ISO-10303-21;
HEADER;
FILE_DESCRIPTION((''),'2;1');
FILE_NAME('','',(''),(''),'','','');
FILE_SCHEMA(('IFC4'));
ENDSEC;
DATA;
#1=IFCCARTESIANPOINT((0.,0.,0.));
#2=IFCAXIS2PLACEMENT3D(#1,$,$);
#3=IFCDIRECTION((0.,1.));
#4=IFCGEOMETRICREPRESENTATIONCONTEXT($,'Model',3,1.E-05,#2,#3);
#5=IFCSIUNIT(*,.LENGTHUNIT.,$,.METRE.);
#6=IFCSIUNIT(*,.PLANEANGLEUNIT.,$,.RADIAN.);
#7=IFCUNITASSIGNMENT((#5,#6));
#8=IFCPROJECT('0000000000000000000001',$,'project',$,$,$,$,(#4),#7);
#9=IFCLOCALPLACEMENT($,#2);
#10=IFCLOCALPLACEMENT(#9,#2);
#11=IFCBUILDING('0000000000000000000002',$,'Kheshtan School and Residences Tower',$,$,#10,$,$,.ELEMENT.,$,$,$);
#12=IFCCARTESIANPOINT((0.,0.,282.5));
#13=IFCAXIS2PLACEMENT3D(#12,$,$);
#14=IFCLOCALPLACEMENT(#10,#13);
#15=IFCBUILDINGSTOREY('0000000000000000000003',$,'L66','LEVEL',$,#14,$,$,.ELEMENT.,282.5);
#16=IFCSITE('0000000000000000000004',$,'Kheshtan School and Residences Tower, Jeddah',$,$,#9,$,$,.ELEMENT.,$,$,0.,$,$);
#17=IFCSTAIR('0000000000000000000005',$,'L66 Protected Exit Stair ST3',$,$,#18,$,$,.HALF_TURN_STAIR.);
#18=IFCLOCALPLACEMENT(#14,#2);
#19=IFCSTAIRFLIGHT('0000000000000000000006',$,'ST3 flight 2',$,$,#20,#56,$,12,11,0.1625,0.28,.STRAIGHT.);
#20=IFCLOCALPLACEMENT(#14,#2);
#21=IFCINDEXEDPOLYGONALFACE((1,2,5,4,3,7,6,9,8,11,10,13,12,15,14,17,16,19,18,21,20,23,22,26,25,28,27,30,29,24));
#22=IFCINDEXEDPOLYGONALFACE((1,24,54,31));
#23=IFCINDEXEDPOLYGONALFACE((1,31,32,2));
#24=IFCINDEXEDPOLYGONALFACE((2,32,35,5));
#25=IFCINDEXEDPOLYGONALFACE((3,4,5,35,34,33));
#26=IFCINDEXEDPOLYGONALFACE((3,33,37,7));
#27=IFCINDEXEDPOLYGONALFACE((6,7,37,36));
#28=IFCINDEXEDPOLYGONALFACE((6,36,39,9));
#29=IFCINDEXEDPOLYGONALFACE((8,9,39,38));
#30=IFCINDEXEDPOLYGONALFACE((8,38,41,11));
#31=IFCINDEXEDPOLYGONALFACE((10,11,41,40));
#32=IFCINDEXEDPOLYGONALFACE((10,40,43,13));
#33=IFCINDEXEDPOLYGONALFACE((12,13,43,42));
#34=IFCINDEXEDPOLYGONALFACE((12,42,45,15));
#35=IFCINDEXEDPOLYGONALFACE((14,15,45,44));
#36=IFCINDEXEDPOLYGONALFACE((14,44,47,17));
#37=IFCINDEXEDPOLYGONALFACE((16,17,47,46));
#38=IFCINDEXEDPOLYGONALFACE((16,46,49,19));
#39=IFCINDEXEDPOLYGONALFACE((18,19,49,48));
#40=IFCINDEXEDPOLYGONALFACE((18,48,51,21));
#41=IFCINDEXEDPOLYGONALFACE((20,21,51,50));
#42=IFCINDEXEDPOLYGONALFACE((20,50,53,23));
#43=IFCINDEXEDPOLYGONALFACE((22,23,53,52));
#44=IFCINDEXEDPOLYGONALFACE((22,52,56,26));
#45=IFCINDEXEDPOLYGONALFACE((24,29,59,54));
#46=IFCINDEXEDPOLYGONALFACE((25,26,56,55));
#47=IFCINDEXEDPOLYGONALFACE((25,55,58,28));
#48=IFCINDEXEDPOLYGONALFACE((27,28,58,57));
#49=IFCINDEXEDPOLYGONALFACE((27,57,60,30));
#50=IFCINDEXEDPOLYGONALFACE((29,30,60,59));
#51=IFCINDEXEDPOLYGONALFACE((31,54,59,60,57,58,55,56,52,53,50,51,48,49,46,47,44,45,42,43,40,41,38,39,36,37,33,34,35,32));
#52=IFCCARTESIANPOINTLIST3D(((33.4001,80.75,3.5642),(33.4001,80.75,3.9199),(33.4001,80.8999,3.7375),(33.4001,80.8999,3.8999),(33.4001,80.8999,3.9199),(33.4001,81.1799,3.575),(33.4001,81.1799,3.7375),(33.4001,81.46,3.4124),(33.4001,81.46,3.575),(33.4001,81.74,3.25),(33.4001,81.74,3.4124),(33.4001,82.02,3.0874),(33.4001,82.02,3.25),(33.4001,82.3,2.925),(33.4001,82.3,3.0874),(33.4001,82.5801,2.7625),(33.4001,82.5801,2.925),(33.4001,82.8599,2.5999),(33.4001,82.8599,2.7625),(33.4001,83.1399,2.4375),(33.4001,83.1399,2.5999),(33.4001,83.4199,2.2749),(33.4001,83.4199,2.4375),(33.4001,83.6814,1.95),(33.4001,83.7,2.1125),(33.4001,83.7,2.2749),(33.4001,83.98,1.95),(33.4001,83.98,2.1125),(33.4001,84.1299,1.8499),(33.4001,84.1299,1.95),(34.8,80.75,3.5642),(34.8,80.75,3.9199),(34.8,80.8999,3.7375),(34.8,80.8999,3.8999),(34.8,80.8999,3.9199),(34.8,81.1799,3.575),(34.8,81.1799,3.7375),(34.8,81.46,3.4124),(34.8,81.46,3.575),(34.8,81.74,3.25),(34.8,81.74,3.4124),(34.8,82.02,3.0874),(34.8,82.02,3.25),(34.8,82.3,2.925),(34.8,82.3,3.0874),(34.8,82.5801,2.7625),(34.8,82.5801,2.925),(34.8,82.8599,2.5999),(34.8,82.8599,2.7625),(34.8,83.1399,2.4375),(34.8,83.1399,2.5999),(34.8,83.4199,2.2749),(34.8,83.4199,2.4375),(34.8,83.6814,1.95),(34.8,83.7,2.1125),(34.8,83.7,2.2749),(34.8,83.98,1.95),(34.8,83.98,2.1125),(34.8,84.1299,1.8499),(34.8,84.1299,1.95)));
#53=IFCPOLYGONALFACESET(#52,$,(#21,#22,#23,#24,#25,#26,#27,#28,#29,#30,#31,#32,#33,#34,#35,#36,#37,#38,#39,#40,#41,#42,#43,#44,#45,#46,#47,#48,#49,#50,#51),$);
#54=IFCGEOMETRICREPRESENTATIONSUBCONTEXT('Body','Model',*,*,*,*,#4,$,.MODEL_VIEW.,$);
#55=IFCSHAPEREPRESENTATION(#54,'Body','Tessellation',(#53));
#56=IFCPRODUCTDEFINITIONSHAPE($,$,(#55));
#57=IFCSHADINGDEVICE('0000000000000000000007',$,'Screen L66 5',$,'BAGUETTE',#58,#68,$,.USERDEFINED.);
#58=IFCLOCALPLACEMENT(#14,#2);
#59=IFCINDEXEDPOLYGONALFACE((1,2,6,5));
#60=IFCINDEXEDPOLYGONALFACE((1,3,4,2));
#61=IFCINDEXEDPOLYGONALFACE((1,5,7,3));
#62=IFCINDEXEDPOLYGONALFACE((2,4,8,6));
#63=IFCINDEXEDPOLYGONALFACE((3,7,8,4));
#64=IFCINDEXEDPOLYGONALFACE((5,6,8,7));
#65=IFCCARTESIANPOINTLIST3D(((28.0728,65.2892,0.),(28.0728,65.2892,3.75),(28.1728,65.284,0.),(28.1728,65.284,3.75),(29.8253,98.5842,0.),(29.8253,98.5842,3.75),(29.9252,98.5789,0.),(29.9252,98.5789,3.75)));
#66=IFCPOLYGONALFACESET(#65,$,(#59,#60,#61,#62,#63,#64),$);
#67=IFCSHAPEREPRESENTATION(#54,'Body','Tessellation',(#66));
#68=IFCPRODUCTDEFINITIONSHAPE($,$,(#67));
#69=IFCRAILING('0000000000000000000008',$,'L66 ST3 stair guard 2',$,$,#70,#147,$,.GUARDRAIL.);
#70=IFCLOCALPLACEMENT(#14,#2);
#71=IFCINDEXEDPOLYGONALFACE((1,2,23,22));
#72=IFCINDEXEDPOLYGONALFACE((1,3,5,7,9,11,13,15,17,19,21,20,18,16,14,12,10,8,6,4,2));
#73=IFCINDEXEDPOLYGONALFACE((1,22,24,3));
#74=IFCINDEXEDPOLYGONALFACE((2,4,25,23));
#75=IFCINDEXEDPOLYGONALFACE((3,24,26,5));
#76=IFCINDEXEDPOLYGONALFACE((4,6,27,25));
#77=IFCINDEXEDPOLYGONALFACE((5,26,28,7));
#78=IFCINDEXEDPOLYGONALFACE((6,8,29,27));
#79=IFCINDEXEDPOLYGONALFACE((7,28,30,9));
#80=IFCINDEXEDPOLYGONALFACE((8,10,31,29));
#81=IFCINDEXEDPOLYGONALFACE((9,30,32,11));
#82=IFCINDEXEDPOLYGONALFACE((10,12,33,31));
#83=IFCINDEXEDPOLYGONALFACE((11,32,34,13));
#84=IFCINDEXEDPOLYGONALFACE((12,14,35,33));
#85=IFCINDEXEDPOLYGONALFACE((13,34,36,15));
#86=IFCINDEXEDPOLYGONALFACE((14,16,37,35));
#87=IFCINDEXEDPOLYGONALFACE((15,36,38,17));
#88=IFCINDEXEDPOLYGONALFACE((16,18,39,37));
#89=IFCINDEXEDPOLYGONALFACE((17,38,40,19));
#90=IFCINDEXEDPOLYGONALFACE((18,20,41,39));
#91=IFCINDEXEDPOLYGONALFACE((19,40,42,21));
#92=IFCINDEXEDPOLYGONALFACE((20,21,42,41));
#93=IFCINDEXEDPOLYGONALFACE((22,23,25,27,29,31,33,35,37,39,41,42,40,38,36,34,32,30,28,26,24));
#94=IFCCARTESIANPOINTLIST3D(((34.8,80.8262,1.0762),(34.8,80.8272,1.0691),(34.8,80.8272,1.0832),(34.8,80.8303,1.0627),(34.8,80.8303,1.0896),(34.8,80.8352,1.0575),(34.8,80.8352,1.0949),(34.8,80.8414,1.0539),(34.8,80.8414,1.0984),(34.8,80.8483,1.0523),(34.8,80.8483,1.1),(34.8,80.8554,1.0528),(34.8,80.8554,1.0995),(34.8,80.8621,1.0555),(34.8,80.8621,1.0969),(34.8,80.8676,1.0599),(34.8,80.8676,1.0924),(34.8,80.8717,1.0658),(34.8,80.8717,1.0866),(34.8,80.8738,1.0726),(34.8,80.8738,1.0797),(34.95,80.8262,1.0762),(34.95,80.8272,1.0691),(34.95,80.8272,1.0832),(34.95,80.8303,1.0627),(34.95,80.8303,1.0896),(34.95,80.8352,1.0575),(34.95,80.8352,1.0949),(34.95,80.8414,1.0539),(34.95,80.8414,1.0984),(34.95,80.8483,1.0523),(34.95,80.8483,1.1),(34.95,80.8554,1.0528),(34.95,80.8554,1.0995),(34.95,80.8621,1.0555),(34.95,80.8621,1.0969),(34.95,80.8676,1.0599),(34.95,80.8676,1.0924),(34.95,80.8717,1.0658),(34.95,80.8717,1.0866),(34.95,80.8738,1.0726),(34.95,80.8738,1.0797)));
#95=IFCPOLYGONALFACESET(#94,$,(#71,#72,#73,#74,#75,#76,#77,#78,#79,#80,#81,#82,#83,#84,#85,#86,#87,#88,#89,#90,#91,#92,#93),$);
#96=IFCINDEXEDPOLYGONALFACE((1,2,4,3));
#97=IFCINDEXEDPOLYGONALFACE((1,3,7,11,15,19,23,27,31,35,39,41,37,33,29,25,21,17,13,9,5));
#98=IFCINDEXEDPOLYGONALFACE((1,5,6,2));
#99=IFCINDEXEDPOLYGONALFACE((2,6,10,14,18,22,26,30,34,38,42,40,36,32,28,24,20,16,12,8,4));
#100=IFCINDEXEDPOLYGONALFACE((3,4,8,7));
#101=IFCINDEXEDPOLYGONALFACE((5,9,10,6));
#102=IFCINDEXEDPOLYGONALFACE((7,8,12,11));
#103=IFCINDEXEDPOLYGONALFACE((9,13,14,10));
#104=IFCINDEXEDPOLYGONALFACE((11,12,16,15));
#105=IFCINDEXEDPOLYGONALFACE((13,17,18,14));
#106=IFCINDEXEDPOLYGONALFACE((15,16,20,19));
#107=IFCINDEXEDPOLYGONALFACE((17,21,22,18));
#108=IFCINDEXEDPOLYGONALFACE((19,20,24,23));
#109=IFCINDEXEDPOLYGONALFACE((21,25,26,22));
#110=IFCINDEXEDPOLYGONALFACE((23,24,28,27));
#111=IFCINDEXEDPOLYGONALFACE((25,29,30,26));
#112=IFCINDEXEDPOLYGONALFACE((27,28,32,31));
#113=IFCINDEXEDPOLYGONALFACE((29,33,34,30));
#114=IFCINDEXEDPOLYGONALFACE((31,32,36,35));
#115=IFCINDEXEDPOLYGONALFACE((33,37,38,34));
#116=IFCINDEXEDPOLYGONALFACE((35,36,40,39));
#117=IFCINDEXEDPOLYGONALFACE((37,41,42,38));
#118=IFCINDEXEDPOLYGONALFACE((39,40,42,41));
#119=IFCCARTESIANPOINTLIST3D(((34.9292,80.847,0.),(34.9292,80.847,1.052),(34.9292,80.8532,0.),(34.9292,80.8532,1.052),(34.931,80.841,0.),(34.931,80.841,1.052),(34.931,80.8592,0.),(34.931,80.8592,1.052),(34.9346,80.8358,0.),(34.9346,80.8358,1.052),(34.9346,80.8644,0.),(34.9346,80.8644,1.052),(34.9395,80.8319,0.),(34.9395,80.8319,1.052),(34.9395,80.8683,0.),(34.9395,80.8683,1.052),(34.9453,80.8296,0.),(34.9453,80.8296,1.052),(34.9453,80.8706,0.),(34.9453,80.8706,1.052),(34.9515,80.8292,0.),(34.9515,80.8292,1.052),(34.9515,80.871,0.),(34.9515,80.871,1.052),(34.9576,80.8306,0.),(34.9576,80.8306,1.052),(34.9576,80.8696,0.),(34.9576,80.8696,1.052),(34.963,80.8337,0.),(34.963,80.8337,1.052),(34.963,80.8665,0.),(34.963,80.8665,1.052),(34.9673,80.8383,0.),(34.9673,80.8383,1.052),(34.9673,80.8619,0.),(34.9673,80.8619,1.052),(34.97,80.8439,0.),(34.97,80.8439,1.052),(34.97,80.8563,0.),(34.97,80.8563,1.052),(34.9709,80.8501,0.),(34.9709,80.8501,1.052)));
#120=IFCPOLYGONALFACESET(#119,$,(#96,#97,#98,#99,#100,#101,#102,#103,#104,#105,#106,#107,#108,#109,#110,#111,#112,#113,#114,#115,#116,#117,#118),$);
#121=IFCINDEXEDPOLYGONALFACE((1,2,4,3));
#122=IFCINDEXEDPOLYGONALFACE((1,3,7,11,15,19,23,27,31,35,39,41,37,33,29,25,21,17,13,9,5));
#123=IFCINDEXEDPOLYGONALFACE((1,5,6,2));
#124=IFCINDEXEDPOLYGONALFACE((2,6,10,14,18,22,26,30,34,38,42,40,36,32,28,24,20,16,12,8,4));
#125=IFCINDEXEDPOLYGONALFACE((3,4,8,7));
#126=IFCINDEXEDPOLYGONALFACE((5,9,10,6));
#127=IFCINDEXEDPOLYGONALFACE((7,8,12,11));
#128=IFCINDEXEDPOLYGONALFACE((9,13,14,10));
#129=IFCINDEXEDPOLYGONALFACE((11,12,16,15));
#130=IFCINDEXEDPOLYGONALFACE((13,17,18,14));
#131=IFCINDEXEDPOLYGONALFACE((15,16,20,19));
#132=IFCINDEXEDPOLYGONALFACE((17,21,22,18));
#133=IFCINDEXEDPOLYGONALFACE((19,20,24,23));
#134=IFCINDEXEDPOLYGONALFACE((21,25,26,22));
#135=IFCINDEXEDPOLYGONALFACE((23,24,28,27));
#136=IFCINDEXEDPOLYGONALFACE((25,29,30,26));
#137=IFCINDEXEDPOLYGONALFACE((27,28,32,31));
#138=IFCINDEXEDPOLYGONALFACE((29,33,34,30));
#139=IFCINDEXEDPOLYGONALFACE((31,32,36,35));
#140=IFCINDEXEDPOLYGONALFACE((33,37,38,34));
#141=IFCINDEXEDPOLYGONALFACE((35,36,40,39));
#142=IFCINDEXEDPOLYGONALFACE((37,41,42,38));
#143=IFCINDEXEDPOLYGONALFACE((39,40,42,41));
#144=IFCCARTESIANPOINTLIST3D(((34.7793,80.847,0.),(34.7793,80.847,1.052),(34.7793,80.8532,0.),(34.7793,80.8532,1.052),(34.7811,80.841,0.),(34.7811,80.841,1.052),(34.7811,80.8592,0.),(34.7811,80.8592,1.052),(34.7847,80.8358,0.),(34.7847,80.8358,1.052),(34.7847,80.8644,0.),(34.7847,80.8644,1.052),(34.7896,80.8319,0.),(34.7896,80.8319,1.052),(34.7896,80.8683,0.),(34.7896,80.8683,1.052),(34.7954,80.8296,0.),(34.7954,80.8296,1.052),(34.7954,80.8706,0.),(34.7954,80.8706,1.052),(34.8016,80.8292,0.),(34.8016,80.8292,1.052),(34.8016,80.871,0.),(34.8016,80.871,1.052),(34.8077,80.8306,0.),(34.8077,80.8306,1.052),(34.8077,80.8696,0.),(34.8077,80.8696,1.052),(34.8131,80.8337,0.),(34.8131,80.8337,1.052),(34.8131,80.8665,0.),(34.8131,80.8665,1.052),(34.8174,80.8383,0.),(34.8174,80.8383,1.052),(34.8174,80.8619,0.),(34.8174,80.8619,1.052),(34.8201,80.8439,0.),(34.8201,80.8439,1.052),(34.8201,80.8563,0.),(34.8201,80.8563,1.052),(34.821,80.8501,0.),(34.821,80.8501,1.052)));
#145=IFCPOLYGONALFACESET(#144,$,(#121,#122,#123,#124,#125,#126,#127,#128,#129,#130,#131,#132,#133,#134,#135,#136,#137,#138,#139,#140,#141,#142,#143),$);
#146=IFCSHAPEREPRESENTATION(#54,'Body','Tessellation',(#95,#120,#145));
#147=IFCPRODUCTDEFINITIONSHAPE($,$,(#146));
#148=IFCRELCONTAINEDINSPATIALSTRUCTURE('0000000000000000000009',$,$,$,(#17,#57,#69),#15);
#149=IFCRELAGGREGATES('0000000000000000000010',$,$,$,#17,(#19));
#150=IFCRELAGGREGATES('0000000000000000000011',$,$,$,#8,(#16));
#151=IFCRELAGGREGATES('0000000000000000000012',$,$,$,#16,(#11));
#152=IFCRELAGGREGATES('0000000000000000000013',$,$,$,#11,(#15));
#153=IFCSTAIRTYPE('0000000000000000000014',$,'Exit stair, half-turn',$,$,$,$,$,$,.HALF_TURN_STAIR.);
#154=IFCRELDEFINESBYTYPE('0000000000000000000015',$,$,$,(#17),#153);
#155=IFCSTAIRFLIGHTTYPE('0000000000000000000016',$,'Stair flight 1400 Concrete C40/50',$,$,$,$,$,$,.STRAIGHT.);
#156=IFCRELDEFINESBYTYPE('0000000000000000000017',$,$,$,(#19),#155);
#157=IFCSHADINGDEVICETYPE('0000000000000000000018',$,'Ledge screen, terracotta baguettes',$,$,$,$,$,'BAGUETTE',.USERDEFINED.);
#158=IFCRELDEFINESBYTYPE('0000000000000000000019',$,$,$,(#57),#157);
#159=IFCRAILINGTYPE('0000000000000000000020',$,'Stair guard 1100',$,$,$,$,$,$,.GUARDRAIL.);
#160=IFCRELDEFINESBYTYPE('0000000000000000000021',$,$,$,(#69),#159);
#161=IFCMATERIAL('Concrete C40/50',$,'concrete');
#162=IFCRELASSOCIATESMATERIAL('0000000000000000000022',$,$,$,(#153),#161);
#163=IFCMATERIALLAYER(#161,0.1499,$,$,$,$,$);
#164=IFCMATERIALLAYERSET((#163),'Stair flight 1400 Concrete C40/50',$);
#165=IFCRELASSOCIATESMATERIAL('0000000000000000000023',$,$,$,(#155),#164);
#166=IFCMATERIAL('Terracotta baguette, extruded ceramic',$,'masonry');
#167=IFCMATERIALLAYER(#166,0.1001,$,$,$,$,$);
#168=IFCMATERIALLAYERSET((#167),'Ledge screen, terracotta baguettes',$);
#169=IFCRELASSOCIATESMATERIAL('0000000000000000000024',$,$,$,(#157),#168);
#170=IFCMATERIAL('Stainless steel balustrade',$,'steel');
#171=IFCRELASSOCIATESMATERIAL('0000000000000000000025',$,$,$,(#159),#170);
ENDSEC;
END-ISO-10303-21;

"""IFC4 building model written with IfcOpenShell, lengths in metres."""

from ifc_helpers import new_model, si_unit, direction, frame, origin, origin_2d, place, context, subcontext, project, spatial, polyline, rectangle, circle, outline, extrude, material, layer, layer_set, type_object, element, aggregate, save


model = new_model("IFC4")

# Units and contexts
model_context = context("Model", 3, precision=1e-05, world=origin(), true_north=direction((0.0, 1.0)))
body_context = subcontext(model_context, "Body", "Model", "MODEL_VIEW")
ifc_project = project(units=[si_unit("LENGTHUNIT", "METRE"), si_unit("PLANEANGLEUNIT", "RADIAN")], contexts=[model_context])

# Site, building, storey
site_placement = place(None, origin())
site = spatial("IfcSite", under=ifc_project, at=site_placement, Name="Kheshtan School and Residences Tower, Jeddah", CompositionType="ELEMENT", RefElevation=0.0)
building_placement = place(site_placement, origin())
building = spatial("IfcBuilding", under=site, at=building_placement, Name="Kheshtan School and Residences Tower", CompositionType="ELEMENT")
storey_placement = place(building_placement, frame((0.0, 0.0, 282.5)))
storey = spatial("IfcBuildingStorey", under=building, at=storey_placement, Name="L66", Description="LEVEL", CompositionType="ELEMENT", Elevation=282.5)

# Shared definitions
ifc_material_1 = material(Name="Concrete C40/50", Category="concrete")

# Stair, stair flight
stair_type = type_object("IfcStairType", Name="Exit stair, half-turn", PredefinedType="HALF_TURN_STAIR", material=ifc_material_1)
stair_placement = place(storey_placement, origin())
stair = element("IfcStair", 1, at=stair_placement, inside=storey, type_object=stair_type, Name="L66 Protected Exit Stair ST3", PredefinedType="HALF_TURN_STAIR")
ifc_layer_1 = layer(ifc_material_1, 0.1499)
ifc_layer_set_1 = layer_set([ifc_layer_1], Name="Stair flight 1400 Concrete C40/50")
stair_flight_type = type_object("IfcStairFlightType", Name="Stair flight 1400 Concrete C40/50", PredefinedType="STRAIGHT", material=ifc_layer_set_1)
stair_flight_1_placement = place(storey_placement, frame((34.1001, 83.98, 1.95), z_axis=(0.0, 0.0, 1.0), x_axis=(0.0, -1.0, 0.0)))
stair_flight_1 = element("IfcStairFlight", 2, at=stair_flight_1_placement, type_object=stair_flight_type, Name="ST3 flight 2", NumberOfRisers=12, NumberOfTreads=11, PredefinedType="STRAIGHT", RiserHeight=0.1625, TreadLength=0.28, context=body_context, shape_type="SweptSolid", body=[
    extrude(outline(polyline([(-0.1499, -0.1001), (-0.1499, 0.0), (0.0, 0.0), (0.0, 0.1626), (0.28, 0.1626), (0.28, 0.325), (0.5601, 0.325), (0.5601, 0.4875), (0.8401, 0.4875), (0.8401, 0.6499), (1.1201, 0.6499), (1.1201, 0.8125), (1.3999, 0.8125), (1.3999, 0.9751), (1.6799, 0.9751), (1.6799, 1.1375), (1.96, 1.1375), (1.96, 1.3), (2.24, 1.3), (2.24, 1.4624), (2.52, 1.4624), (2.52, 1.625), (2.8, 1.625), (2.8, 1.7876), (3.0801, 1.7876), (3.0801, 1.95), (3.0801, 1.97), (3.23, 1.97), (3.23, 1.6143), (0.2986, 0.0), (-0.1499, -0.1001)])), frame((0.0, 0.7, 0.0), z_axis=(0.0, -1.0, 0.0), x_axis=(1.0, 0.0, 0.0)), (0.0, 0.0, 1.0), 1.3999),
])
aggregate(stair, [stair_flight_1])

# Shading device
ifc_material_2 = material(Name="Terracotta baguette, extruded ceramic", Category="masonry")
ifc_layer_2 = layer(ifc_material_2, 0.1001)
ifc_layer_set_2 = layer_set([ifc_layer_2], Name="Ledge screen, terracotta baguettes")
shading_device_type = type_object("IfcShadingDeviceType", Name="Ledge screen, terracotta baguettes", ElementType="BAGUETTE", PredefinedType="USERDEFINED", material=ifc_layer_set_2)
shading_device_placement = place(storey_placement, frame((28.999, 81.9341, 0.0), z_axis=(0.0, 0.0, 1.0), x_axis=(0.052563, 0.998618, 0.0)))
element("IfcShadingDevice", 3, at=shading_device_placement, inside=storey, type_object=shading_device_type, Name="Screen L66 5", ObjectType="BAGUETTE", PredefinedType="USERDEFINED", context=body_context, shape_type="SweptSolid", body=[
    extrude(rectangle(XDim=33.3411, YDim=0.1001, at=origin_2d()), origin(), (0.0, 0.0, 1.0), 3.75),
])

# Railing
ifc_material_3 = material(Name="Stainless steel balustrade", Category="steel")
railing_type_1 = type_object("IfcRailingType", Name="Stair guard 1100", PredefinedType="GUARDRAIL", material=ifc_material_3)
railing_1_placement = place(storey_placement, frame((34.95, 80.8501, 0.0)))
element("IfcRailing", 4, at=railing_1_placement, inside=storey, type_object=railing_type_1, Name="L66 ST3 stair guard 2", PredefinedType="GUARDRAIL", context=body_context, shape_type="SweptSolid", body=[
    extrude(circle(Radius=0.0239, at=origin_2d()), frame((0.0, 0.0, 1.0762), z_axis=(-1.0, 0.0, 0.0), x_axis=(0.0, -1.0, 0.0)), (0.0, 0.0, 1.0), 0.1499),
    extrude(circle(Radius=0.021, at=origin_2d()), origin(), (0.0, 0.0, 1.0), 1.052),
    extrude(circle(Radius=0.021, at=origin_2d()), frame((-0.1499, 0.0, 0.0)), (0.0, 0.0, 1.0), 1.052),
])

save(model, "model.ifc")
